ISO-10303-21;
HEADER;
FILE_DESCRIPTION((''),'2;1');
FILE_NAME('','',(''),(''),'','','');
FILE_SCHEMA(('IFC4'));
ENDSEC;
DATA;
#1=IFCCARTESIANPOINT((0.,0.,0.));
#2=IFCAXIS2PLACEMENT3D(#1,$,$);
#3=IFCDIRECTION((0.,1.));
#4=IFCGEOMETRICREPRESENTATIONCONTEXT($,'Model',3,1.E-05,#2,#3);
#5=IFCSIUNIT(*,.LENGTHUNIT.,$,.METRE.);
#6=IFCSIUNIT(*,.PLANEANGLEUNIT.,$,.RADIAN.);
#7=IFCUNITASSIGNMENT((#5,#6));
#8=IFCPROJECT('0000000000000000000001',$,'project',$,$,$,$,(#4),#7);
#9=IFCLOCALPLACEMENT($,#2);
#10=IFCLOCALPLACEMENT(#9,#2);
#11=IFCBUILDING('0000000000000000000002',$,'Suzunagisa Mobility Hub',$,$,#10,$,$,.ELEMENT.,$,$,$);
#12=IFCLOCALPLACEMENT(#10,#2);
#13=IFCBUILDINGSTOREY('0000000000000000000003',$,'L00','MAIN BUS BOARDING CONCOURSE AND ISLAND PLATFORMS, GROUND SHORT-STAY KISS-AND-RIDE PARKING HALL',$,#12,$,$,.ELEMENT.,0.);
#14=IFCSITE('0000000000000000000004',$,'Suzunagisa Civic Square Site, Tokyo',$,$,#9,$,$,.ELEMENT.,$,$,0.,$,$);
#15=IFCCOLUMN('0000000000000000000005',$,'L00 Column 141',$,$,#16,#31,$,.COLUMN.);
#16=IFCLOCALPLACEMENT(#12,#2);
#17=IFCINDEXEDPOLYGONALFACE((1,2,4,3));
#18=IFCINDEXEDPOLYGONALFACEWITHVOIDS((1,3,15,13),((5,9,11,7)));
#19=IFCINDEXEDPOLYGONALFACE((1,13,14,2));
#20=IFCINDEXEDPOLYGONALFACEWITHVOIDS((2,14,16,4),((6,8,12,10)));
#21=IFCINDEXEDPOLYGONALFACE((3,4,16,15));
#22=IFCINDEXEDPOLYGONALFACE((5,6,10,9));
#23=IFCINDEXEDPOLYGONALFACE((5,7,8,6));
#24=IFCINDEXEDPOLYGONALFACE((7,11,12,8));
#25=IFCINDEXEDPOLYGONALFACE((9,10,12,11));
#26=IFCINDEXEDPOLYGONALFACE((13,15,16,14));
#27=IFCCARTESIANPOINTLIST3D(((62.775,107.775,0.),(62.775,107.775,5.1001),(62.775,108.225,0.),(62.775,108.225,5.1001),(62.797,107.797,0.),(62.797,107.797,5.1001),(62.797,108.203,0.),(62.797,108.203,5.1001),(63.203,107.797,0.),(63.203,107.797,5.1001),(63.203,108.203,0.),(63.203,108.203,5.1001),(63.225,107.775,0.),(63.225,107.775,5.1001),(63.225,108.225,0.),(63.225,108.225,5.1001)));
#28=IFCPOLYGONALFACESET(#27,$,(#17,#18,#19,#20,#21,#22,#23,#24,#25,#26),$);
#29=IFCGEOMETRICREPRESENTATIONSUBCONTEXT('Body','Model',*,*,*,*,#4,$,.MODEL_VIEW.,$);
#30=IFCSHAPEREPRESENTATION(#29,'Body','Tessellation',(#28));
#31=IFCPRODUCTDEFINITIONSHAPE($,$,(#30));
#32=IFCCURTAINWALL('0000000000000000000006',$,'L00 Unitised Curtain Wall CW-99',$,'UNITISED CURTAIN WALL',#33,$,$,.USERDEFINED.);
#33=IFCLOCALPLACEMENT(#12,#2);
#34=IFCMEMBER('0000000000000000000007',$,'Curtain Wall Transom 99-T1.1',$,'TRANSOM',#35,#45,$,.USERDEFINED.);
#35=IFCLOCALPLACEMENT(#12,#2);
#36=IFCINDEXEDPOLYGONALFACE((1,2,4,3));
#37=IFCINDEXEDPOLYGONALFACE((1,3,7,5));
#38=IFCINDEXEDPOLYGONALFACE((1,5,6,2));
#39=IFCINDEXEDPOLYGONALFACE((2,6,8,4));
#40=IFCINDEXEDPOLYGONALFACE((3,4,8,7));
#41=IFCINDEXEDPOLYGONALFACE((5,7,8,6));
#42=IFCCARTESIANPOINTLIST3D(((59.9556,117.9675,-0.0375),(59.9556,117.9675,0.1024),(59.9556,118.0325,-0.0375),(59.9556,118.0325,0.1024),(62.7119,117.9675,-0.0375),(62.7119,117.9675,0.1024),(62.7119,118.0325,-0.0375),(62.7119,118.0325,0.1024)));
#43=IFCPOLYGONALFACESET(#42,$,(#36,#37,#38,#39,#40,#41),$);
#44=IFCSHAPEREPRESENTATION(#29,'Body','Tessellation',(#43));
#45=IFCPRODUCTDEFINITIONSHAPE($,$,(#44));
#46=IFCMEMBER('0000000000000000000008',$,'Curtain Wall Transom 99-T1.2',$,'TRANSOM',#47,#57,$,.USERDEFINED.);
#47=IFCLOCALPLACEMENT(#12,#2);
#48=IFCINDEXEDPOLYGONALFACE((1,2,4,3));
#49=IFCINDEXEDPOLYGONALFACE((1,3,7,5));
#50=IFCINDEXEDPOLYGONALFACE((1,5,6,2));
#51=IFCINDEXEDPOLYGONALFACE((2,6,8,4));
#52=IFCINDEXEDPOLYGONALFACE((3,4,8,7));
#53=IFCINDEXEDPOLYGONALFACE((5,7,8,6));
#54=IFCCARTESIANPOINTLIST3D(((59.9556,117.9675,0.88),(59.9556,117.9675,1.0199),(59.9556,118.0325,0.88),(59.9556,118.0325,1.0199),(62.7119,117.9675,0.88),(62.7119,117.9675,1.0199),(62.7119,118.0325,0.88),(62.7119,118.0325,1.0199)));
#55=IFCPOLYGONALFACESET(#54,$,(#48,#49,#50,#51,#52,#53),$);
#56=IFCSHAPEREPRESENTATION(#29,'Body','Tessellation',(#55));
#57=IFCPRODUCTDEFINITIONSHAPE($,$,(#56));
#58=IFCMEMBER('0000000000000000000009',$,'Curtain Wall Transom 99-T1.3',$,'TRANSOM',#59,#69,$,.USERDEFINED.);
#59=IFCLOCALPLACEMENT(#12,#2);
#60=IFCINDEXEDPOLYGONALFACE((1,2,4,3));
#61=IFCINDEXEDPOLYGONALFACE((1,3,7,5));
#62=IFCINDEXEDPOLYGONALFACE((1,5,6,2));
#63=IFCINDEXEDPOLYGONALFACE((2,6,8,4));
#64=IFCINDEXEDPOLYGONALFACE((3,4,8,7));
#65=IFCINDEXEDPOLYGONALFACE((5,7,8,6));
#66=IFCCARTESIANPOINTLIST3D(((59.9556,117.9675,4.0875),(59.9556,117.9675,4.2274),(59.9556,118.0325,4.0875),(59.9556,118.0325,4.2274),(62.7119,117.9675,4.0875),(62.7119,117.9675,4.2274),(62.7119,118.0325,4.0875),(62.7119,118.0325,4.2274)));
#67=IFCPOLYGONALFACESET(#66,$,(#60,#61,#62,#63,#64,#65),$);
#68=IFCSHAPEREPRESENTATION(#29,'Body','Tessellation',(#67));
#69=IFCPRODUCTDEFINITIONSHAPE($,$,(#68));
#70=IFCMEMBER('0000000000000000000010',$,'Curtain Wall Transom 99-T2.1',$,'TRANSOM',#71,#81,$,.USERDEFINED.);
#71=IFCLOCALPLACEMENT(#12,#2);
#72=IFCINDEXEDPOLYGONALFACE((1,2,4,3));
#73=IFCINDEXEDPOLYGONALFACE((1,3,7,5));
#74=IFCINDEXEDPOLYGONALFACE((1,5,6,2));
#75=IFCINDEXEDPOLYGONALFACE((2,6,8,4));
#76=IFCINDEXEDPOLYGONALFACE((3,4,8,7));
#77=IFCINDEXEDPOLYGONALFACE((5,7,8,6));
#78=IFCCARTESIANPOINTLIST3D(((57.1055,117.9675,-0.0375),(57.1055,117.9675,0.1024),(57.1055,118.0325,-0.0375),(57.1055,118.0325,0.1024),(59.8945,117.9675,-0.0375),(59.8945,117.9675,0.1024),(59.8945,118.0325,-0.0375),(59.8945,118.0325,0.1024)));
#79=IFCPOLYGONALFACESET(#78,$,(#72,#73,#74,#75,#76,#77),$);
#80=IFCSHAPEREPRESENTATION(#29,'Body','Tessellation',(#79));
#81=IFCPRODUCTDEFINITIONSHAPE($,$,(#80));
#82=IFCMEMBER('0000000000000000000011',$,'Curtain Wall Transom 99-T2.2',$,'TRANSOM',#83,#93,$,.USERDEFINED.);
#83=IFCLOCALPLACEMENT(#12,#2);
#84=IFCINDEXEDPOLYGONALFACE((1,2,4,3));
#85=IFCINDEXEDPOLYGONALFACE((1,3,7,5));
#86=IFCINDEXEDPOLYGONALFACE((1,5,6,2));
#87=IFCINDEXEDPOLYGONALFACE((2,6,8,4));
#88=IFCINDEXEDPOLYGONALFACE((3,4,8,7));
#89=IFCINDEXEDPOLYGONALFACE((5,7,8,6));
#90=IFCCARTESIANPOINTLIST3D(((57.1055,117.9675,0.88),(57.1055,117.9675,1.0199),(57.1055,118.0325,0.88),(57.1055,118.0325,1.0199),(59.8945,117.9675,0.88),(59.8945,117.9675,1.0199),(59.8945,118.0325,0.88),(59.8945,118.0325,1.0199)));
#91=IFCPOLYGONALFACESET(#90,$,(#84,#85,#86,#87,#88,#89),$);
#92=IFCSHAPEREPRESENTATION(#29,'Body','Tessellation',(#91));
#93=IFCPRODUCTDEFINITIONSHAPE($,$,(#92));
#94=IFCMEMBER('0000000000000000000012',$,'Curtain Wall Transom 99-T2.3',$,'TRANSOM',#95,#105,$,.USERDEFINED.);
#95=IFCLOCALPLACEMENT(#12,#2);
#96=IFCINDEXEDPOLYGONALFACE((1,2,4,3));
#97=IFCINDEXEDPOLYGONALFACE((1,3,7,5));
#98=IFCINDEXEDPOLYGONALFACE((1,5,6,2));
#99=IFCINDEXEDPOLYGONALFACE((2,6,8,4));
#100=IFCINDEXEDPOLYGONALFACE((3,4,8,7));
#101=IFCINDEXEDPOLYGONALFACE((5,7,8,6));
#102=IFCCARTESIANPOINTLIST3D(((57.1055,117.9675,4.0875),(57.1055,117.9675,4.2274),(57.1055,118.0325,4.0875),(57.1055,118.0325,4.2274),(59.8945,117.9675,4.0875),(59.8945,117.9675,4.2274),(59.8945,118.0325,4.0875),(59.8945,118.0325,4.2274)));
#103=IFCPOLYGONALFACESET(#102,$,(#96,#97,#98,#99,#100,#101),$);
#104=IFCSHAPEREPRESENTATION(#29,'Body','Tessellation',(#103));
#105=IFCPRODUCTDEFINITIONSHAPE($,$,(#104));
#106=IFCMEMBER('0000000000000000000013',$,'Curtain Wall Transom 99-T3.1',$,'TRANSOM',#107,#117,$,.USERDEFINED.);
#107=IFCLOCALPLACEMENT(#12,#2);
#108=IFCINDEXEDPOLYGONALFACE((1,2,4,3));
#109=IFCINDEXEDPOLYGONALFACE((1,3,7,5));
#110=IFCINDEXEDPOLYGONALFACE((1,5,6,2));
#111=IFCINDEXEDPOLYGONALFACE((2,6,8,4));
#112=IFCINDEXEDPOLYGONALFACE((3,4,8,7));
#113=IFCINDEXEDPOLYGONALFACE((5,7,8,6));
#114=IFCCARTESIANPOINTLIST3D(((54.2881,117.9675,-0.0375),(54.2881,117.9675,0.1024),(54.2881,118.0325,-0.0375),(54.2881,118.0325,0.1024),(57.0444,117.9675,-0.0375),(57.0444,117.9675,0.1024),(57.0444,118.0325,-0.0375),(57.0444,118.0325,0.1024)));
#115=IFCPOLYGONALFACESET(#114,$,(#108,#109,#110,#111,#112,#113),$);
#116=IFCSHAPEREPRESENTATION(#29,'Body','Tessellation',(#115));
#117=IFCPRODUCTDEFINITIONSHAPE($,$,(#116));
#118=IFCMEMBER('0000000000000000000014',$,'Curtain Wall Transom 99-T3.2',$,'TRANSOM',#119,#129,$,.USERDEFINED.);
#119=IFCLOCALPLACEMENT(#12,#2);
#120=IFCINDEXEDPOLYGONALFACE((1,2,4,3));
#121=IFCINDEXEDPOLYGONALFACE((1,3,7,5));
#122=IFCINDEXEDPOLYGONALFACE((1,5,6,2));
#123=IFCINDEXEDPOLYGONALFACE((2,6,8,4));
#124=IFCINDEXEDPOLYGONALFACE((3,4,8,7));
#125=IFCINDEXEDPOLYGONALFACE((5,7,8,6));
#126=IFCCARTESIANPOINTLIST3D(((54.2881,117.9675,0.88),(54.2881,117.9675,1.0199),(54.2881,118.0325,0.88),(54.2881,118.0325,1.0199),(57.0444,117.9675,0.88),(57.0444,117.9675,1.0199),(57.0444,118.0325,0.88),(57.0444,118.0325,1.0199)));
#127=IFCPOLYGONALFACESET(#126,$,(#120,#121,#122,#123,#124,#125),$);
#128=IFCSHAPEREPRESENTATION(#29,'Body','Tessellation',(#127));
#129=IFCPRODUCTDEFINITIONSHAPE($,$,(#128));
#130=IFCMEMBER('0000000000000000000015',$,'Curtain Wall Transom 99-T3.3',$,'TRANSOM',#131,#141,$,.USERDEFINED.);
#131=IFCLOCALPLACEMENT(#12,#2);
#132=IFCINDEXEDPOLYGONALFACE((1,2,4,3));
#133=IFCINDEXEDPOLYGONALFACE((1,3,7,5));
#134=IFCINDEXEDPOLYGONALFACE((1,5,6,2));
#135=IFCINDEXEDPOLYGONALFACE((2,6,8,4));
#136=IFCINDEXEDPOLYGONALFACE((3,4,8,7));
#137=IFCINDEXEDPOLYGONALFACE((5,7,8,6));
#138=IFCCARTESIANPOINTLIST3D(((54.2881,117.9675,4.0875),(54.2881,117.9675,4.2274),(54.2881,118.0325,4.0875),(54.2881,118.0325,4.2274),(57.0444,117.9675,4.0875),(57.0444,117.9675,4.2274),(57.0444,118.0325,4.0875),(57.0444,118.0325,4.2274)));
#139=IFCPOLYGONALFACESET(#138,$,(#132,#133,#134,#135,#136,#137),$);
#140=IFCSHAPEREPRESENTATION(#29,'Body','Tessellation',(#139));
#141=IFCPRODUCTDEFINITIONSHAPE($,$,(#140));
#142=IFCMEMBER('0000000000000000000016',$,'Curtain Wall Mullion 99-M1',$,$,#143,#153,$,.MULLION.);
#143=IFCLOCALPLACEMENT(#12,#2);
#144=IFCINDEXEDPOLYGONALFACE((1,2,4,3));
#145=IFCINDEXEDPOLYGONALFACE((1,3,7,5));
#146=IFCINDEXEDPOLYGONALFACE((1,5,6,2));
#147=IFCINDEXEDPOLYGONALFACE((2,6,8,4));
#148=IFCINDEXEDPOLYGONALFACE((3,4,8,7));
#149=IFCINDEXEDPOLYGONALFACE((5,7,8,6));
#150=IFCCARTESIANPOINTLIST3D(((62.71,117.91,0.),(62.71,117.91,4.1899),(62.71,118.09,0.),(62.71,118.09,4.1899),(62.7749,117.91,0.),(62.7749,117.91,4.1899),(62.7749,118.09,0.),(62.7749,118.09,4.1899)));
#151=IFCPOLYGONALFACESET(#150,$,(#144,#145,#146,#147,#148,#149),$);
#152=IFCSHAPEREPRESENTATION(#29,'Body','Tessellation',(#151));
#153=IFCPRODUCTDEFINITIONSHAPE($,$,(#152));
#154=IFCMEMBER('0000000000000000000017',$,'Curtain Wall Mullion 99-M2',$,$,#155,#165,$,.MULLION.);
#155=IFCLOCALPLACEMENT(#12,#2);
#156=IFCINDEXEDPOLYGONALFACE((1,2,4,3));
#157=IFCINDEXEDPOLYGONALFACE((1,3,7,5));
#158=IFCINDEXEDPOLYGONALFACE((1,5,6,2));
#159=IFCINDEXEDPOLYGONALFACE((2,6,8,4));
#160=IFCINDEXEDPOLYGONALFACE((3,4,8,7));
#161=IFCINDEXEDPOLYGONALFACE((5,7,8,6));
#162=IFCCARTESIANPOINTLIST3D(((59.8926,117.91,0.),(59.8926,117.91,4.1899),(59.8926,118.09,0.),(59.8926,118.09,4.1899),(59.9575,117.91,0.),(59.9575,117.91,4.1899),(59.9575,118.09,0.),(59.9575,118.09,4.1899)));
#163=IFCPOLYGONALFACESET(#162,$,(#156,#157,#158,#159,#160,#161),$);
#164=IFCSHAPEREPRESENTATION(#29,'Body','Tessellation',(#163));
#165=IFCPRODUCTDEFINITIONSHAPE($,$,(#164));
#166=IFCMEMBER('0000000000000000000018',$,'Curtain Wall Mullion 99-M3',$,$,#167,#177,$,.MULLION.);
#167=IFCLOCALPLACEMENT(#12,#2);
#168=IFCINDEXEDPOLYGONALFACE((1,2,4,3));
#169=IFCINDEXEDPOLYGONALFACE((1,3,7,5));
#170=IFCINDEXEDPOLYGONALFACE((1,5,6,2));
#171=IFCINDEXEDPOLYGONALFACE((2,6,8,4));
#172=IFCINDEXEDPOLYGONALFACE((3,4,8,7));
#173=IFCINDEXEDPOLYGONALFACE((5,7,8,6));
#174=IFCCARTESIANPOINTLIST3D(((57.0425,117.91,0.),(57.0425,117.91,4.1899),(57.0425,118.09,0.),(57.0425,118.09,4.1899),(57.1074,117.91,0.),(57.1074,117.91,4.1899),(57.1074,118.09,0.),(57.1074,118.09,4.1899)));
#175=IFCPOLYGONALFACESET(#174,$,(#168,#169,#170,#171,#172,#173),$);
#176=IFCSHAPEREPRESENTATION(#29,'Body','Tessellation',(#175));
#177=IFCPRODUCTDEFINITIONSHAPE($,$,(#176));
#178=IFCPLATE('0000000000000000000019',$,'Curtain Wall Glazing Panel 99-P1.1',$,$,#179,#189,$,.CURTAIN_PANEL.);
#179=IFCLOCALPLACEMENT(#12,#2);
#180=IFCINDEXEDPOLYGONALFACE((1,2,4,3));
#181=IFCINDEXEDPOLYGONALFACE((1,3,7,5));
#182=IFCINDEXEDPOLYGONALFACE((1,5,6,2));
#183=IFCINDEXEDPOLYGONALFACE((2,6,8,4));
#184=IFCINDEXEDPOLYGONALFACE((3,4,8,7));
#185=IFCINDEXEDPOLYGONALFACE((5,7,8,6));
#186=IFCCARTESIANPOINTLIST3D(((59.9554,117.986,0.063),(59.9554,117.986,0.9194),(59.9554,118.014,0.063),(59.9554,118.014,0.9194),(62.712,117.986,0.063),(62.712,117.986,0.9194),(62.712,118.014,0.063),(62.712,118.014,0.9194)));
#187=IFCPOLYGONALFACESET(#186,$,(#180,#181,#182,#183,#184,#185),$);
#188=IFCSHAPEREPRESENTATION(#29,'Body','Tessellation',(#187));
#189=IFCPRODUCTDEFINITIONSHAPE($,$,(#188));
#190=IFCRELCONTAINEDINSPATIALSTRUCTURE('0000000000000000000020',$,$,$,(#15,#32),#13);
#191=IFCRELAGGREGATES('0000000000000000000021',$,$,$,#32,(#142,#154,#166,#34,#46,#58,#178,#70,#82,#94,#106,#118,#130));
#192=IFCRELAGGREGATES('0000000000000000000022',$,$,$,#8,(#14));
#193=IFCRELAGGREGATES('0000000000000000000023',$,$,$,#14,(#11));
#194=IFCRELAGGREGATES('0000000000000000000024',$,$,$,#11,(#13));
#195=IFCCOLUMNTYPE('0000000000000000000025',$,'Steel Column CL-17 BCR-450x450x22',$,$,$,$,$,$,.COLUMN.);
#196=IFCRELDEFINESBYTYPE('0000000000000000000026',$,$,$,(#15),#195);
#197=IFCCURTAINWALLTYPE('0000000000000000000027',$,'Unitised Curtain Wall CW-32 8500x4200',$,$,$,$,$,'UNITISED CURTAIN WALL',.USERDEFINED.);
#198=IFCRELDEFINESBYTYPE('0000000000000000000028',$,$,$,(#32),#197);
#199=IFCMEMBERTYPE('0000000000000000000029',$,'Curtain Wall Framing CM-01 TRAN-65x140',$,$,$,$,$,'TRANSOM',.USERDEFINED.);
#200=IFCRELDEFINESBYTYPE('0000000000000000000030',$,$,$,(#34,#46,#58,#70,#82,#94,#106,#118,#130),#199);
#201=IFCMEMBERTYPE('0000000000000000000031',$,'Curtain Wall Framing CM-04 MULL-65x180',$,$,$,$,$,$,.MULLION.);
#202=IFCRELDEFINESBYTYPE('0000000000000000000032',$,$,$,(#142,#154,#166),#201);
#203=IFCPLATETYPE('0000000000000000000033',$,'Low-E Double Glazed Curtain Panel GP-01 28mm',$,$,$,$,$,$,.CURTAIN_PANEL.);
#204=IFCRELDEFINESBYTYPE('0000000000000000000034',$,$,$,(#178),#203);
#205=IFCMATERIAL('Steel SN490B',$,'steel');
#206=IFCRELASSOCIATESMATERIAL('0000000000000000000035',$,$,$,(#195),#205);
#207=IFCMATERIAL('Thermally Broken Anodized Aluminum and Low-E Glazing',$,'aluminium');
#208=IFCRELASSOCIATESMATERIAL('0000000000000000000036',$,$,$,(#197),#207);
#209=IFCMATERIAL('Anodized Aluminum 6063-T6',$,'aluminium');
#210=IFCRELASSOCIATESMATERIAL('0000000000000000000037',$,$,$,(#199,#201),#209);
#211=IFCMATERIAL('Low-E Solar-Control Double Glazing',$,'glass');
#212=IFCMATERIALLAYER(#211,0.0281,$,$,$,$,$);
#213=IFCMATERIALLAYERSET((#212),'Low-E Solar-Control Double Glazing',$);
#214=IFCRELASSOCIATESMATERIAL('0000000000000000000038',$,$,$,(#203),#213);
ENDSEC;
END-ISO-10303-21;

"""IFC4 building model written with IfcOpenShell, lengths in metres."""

from ifc_helpers import new_model, si_unit, direction, frame, origin, origin_2d, place, context, subcontext, project, spatial, rectangle, hollow_rectangle, extrude, material, layer, layer_set, material_profile, profile_set, type_object, element, aggregate, save


model = new_model("IFC4")

# Units and contexts
model_context = context("Model", 3, precision=1e-05, world=origin(), true_north=direction((0.0, 1.0)))
body_context = subcontext(model_context, "Body", "Model", "MODEL_VIEW")
ifc_project = project(units=[si_unit("LENGTHUNIT", "METRE"), si_unit("PLANEANGLEUNIT", "RADIAN")], contexts=[model_context])

# Site, building, storey
site_placement = place(None, origin())
site = spatial("IfcSite", under=ifc_project, at=site_placement, Name="Suzunagisa Civic Square Site, Tokyo", CompositionType="ELEMENT", RefElevation=0.0)
building_placement = place(site_placement, origin())
building = spatial("IfcBuilding", under=site, at=building_placement, Name="Suzunagisa Mobility Hub", CompositionType="ELEMENT")
storey_placement = place(building_placement, origin())
storey = spatial("IfcBuildingStorey", under=building, at=storey_placement, Name="L00", Description="MAIN BUS BOARDING CONCOURSE AND ISLAND PLATFORMS, GROUND SHORT-STAY KISS-AND-RIDE PARKING HALL", CompositionType="ELEMENT", Elevation=0.0)

# Column
ifc_material_1 = material(Name="Steel SN490B", Category="steel")
ifc_material_profile_1 = material_profile(ifc_material_1, hollow_rectangle(XDim=0.45, YDim=0.45, WallThickness=0.022, at=origin_2d()), Name="BCR-450x450x22")
ifc_profile_set_1 = profile_set([ifc_material_profile_1], Name="Steel SN490B")
column_type = type_object("IfcColumnType", Name="Steel Column CL-17 BCR-450x450x22", PredefinedType="COLUMN", material=ifc_profile_set_1)
column_placement = place(storey_placement, frame((63.0, 108.0, 0.0), z_axis=(0.0, 0.0, 1.0), x_axis=(1.0, 0.0, 0.0)))
element("IfcColumn", 1, at=column_placement, inside=storey, type_object=column_type, Name="L00 Column 141", PredefinedType="COLUMN", context=body_context, shape_type="SweptSolid", body=[
    extrude(hollow_rectangle(XDim=0.45, YDim=0.45, WallThickness=0.022, at=origin_2d()), origin(), (0.0, 0.0, 1.0), 5.1001),
])

# Curtain wall, members, plate
ifc_material_2 = material(Name="Thermally Broken Anodized Aluminum and Low-E Glazing", Category="aluminium")
curtain_wall_type = type_object("IfcCurtainWallType", Name="Unitised Curtain Wall CW-32 8500x4200", ElementType="UNITISED CURTAIN WALL", PredefinedType="USERDEFINED", material=ifc_material_2)
curtain_wall_placement = place(storey_placement, origin())
curtain_wall = element("IfcCurtainWall", 2, at=curtain_wall_placement, inside=storey, type_object=curtain_wall_type, Name="L00 Unitised Curtain Wall CW-99", ObjectType="UNITISED CURTAIN WALL", PredefinedType="USERDEFINED")
ifc_material_3 = material(Name="Anodized Aluminum 6063-T6", Category="aluminium")
ifc_material_profile_2 = material_profile(ifc_material_3, rectangle(XDim=0.0649, YDim=0.1399, at=origin_2d()), Name="TRAN-65x140")
ifc_profile_set_2 = profile_set([ifc_material_profile_2], Name="Anodized Aluminum 6063-T6")
member_type_1 = type_object("IfcMemberType", Name="Curtain Wall Framing CM-01 TRAN-65x140", ElementType="TRANSOM", PredefinedType="USERDEFINED", material=ifc_profile_set_2)
member_1_placement = place(storey_placement, frame((62.7119, 118.0, 0.0325), z_axis=(-1.0, 0.0, 0.0), x_axis=(0.0, -1.0, 0.0)))
member_1 = element("IfcMember", 3, at=member_1_placement, type_object=member_type_1, Name="Curtain Wall Transom 99-T1.1", ObjectType="TRANSOM", PredefinedType="USERDEFINED", context=body_context, shape_type="SweptSolid", body=[
    extrude(rectangle(XDim=0.0649, YDim=0.1399, at=origin_2d()), origin(), (0.0, 0.0, 1.0), 2.7563),
])
member_2_placement = place(storey_placement, frame((62.7119, 118.0, 0.95), z_axis=(-1.0, 0.0, 0.0), x_axis=(0.0, -1.0, 0.0)))
member_2 = element("IfcMember", 4, at=member_2_placement, type_object=member_type_1, Name="Curtain Wall Transom 99-T1.2", ObjectType="TRANSOM", PredefinedType="USERDEFINED", context=body_context, shape_type="SweptSolid", body=[
    extrude(rectangle(XDim=0.0649, YDim=0.1399, at=origin_2d()), origin(), (0.0, 0.0, 1.0), 2.7563),
])
member_3_placement = place(storey_placement, frame((62.7119, 118.0, 4.1575), z_axis=(-1.0, 0.0, 0.0), x_axis=(0.0, -1.0, 0.0)))
member_3 = element("IfcMember", 5, at=member_3_placement, type_object=member_type_1, Name="Curtain Wall Transom 99-T1.3", ObjectType="TRANSOM", PredefinedType="USERDEFINED", context=body_context, shape_type="SweptSolid", body=[
    extrude(rectangle(XDim=0.0649, YDim=0.1399, at=origin_2d()), origin(), (0.0, 0.0, 1.0), 2.7563),
])
member_4_placement = place(storey_placement, frame((59.8945, 118.0, 0.0325), z_axis=(-1.0, 0.0, 0.0), x_axis=(0.0, -1.0, 0.0)))
member_4 = element("IfcMember", 6, at=member_4_placement, type_object=member_type_1, Name="Curtain Wall Transom 99-T2.1", ObjectType="TRANSOM", PredefinedType="USERDEFINED", context=body_context, shape_type="SweptSolid", body=[
    extrude(rectangle(XDim=0.0649, YDim=0.1399, at=origin_2d()), origin(), (0.0, 0.0, 1.0), 2.7891),
])
member_5_placement = place(storey_placement, frame((59.8945, 118.0, 0.95), z_axis=(-1.0, 0.0, 0.0), x_axis=(0.0, -1.0, 0.0)))
member_5 = element("IfcMember", 7, at=member_5_placement, type_object=member_type_1, Name="Curtain Wall Transom 99-T2.2", ObjectType="TRANSOM", PredefinedType="USERDEFINED", context=body_context, shape_type="SweptSolid", body=[
    extrude(rectangle(XDim=0.0649, YDim=0.1399, at=origin_2d()), origin(), (0.0, 0.0, 1.0), 2.7891),
])
member_6_placement = place(storey_placement, frame((59.8945, 118.0, 4.1575), z_axis=(-1.0, 0.0, 0.0), x_axis=(0.0, -1.0, 0.0)))
member_6 = element("IfcMember", 8, at=member_6_placement, type_object=member_type_1, Name="Curtain Wall Transom 99-T2.3", ObjectType="TRANSOM", PredefinedType="USERDEFINED", context=body_context, shape_type="SweptSolid", body=[
    extrude(rectangle(XDim=0.0649, YDim=0.1399, at=origin_2d()), origin(), (0.0, 0.0, 1.0), 2.7891),
])
member_7_placement = place(storey_placement, frame((57.0444, 118.0, 0.0325), z_axis=(-1.0, 0.0, 0.0), x_axis=(0.0, -1.0, 0.0)))
member_7 = element("IfcMember", 9, at=member_7_placement, type_object=member_type_1, Name="Curtain Wall Transom 99-T3.1", ObjectType="TRANSOM", PredefinedType="USERDEFINED", context=body_context, shape_type="SweptSolid", body=[
    extrude(rectangle(XDim=0.0649, YDim=0.1399, at=origin_2d()), origin(), (0.0, 0.0, 1.0), 2.7563),
])
member_8_placement = place(storey_placement, frame((57.0444, 118.0, 0.95), z_axis=(-1.0, 0.0, 0.0), x_axis=(0.0, -1.0, 0.0)))
member_8 = element("IfcMember", 10, at=member_8_placement, type_object=member_type_1, Name="Curtain Wall Transom 99-T3.2", ObjectType="TRANSOM", PredefinedType="USERDEFINED", context=body_context, shape_type="SweptSolid", body=[
    extrude(rectangle(XDim=0.0649, YDim=0.1399, at=origin_2d()), origin(), (0.0, 0.0, 1.0), 2.7563),
])
member_9_placement = place(storey_placement, frame((57.0444, 118.0, 4.1575), z_axis=(-1.0, 0.0, 0.0), x_axis=(0.0, -1.0, 0.0)))
member_9 = element("IfcMember", 11, at=member_9_placement, type_object=member_type_1, Name="Curtain Wall Transom 99-T3.3", ObjectType="TRANSOM", PredefinedType="USERDEFINED", context=body_context, shape_type="SweptSolid", body=[
    extrude(rectangle(XDim=0.0649, YDim=0.1399, at=origin_2d()), origin(), (0.0, 0.0, 1.0), 2.7563),
])
ifc_material_profile_3 = material_profile(ifc_material_3, rectangle(XDim=0.0649, YDim=0.1799, at=origin_2d()), Name="MULL-65x180")
ifc_profile_set_3 = profile_set([ifc_material_profile_3], Name="Anodized Aluminum 6063-T6")
member_type_2 = type_object("IfcMemberType", Name="Curtain Wall Framing CM-04 MULL-65x180", PredefinedType="MULLION", material=ifc_profile_set_3)
member_10_placement = place(storey_placement, frame((62.7424, 118.0, 0.0), z_axis=(0.0, 0.0, 1.0), x_axis=(-1.0, 0.0, 0.0)))
member_10 = element("IfcMember", 12, at=member_10_placement, type_object=member_type_2, Name="Curtain Wall Mullion 99-M1", PredefinedType="MULLION", context=body_context, shape_type="SweptSolid", body=[
    extrude(rectangle(XDim=0.0649, YDim=0.1799, at=origin_2d()), origin(), (0.0, 0.0, 1.0), 4.1899),
])
member_11_placement = place(storey_placement, frame((59.925, 118.0, 0.0), z_axis=(0.0, 0.0, 1.0), x_axis=(-1.0, 0.0, 0.0)))
member_11 = element("IfcMember", 13, at=member_11_placement, type_object=member_type_2, Name="Curtain Wall Mullion 99-M2", PredefinedType="MULLION", context=body_context, shape_type="SweptSolid", body=[
    extrude(rectangle(XDim=0.0649, YDim=0.1799, at=origin_2d()), origin(), (0.0, 0.0, 1.0), 4.1899),
])
member_12_placement = place(storey_placement, frame((57.075, 118.0, 0.0), z_axis=(0.0, 0.0, 1.0), x_axis=(-1.0, 0.0, 0.0)))
member_12 = element("IfcMember", 14, at=member_12_placement, type_object=member_type_2, Name="Curtain Wall Mullion 99-M3", PredefinedType="MULLION", context=body_context, shape_type="SweptSolid", body=[
    extrude(rectangle(XDim=0.0649, YDim=0.1799, at=origin_2d()), origin(), (0.0, 0.0, 1.0), 4.1899),
])
ifc_material_4 = material(Name="Low-E Solar-Control Double Glazing", Category="glass")
ifc_layer = layer(ifc_material_4, 0.0281)
ifc_layer_set = layer_set([ifc_layer], Name="Low-E Solar-Control Double Glazing")
plate_type = type_object("IfcPlateType", Name="Low-E Double Glazed Curtain Panel GP-01 28mm", PredefinedType="CURTAIN_PANEL", material=ifc_layer_set)
plate_1_placement = place(storey_placement, frame((61.3337, 118.0, 0.063), z_axis=(0.0, 0.0, 1.0), x_axis=(-1.0, 0.0, 0.0)))
plate_1 = element("IfcPlate", 15, at=plate_1_placement, type_object=plate_type, Name="Curtain Wall Glazing Panel 99-P1.1", PredefinedType="CURTAIN_PANEL", context=body_context, shape_type="SweptSolid", body=[
    extrude(rectangle(XDim=2.7566, YDim=0.0281, at=origin_2d()), origin(), (0.0, 0.0, 1.0), 0.8564),
])
aggregate(curtain_wall, [member_10, member_11, member_12, member_1, member_2, member_3, plate_1, member_4, member_5, member_6, member_7, member_8, member_9])

save(model, "model.ifc")
